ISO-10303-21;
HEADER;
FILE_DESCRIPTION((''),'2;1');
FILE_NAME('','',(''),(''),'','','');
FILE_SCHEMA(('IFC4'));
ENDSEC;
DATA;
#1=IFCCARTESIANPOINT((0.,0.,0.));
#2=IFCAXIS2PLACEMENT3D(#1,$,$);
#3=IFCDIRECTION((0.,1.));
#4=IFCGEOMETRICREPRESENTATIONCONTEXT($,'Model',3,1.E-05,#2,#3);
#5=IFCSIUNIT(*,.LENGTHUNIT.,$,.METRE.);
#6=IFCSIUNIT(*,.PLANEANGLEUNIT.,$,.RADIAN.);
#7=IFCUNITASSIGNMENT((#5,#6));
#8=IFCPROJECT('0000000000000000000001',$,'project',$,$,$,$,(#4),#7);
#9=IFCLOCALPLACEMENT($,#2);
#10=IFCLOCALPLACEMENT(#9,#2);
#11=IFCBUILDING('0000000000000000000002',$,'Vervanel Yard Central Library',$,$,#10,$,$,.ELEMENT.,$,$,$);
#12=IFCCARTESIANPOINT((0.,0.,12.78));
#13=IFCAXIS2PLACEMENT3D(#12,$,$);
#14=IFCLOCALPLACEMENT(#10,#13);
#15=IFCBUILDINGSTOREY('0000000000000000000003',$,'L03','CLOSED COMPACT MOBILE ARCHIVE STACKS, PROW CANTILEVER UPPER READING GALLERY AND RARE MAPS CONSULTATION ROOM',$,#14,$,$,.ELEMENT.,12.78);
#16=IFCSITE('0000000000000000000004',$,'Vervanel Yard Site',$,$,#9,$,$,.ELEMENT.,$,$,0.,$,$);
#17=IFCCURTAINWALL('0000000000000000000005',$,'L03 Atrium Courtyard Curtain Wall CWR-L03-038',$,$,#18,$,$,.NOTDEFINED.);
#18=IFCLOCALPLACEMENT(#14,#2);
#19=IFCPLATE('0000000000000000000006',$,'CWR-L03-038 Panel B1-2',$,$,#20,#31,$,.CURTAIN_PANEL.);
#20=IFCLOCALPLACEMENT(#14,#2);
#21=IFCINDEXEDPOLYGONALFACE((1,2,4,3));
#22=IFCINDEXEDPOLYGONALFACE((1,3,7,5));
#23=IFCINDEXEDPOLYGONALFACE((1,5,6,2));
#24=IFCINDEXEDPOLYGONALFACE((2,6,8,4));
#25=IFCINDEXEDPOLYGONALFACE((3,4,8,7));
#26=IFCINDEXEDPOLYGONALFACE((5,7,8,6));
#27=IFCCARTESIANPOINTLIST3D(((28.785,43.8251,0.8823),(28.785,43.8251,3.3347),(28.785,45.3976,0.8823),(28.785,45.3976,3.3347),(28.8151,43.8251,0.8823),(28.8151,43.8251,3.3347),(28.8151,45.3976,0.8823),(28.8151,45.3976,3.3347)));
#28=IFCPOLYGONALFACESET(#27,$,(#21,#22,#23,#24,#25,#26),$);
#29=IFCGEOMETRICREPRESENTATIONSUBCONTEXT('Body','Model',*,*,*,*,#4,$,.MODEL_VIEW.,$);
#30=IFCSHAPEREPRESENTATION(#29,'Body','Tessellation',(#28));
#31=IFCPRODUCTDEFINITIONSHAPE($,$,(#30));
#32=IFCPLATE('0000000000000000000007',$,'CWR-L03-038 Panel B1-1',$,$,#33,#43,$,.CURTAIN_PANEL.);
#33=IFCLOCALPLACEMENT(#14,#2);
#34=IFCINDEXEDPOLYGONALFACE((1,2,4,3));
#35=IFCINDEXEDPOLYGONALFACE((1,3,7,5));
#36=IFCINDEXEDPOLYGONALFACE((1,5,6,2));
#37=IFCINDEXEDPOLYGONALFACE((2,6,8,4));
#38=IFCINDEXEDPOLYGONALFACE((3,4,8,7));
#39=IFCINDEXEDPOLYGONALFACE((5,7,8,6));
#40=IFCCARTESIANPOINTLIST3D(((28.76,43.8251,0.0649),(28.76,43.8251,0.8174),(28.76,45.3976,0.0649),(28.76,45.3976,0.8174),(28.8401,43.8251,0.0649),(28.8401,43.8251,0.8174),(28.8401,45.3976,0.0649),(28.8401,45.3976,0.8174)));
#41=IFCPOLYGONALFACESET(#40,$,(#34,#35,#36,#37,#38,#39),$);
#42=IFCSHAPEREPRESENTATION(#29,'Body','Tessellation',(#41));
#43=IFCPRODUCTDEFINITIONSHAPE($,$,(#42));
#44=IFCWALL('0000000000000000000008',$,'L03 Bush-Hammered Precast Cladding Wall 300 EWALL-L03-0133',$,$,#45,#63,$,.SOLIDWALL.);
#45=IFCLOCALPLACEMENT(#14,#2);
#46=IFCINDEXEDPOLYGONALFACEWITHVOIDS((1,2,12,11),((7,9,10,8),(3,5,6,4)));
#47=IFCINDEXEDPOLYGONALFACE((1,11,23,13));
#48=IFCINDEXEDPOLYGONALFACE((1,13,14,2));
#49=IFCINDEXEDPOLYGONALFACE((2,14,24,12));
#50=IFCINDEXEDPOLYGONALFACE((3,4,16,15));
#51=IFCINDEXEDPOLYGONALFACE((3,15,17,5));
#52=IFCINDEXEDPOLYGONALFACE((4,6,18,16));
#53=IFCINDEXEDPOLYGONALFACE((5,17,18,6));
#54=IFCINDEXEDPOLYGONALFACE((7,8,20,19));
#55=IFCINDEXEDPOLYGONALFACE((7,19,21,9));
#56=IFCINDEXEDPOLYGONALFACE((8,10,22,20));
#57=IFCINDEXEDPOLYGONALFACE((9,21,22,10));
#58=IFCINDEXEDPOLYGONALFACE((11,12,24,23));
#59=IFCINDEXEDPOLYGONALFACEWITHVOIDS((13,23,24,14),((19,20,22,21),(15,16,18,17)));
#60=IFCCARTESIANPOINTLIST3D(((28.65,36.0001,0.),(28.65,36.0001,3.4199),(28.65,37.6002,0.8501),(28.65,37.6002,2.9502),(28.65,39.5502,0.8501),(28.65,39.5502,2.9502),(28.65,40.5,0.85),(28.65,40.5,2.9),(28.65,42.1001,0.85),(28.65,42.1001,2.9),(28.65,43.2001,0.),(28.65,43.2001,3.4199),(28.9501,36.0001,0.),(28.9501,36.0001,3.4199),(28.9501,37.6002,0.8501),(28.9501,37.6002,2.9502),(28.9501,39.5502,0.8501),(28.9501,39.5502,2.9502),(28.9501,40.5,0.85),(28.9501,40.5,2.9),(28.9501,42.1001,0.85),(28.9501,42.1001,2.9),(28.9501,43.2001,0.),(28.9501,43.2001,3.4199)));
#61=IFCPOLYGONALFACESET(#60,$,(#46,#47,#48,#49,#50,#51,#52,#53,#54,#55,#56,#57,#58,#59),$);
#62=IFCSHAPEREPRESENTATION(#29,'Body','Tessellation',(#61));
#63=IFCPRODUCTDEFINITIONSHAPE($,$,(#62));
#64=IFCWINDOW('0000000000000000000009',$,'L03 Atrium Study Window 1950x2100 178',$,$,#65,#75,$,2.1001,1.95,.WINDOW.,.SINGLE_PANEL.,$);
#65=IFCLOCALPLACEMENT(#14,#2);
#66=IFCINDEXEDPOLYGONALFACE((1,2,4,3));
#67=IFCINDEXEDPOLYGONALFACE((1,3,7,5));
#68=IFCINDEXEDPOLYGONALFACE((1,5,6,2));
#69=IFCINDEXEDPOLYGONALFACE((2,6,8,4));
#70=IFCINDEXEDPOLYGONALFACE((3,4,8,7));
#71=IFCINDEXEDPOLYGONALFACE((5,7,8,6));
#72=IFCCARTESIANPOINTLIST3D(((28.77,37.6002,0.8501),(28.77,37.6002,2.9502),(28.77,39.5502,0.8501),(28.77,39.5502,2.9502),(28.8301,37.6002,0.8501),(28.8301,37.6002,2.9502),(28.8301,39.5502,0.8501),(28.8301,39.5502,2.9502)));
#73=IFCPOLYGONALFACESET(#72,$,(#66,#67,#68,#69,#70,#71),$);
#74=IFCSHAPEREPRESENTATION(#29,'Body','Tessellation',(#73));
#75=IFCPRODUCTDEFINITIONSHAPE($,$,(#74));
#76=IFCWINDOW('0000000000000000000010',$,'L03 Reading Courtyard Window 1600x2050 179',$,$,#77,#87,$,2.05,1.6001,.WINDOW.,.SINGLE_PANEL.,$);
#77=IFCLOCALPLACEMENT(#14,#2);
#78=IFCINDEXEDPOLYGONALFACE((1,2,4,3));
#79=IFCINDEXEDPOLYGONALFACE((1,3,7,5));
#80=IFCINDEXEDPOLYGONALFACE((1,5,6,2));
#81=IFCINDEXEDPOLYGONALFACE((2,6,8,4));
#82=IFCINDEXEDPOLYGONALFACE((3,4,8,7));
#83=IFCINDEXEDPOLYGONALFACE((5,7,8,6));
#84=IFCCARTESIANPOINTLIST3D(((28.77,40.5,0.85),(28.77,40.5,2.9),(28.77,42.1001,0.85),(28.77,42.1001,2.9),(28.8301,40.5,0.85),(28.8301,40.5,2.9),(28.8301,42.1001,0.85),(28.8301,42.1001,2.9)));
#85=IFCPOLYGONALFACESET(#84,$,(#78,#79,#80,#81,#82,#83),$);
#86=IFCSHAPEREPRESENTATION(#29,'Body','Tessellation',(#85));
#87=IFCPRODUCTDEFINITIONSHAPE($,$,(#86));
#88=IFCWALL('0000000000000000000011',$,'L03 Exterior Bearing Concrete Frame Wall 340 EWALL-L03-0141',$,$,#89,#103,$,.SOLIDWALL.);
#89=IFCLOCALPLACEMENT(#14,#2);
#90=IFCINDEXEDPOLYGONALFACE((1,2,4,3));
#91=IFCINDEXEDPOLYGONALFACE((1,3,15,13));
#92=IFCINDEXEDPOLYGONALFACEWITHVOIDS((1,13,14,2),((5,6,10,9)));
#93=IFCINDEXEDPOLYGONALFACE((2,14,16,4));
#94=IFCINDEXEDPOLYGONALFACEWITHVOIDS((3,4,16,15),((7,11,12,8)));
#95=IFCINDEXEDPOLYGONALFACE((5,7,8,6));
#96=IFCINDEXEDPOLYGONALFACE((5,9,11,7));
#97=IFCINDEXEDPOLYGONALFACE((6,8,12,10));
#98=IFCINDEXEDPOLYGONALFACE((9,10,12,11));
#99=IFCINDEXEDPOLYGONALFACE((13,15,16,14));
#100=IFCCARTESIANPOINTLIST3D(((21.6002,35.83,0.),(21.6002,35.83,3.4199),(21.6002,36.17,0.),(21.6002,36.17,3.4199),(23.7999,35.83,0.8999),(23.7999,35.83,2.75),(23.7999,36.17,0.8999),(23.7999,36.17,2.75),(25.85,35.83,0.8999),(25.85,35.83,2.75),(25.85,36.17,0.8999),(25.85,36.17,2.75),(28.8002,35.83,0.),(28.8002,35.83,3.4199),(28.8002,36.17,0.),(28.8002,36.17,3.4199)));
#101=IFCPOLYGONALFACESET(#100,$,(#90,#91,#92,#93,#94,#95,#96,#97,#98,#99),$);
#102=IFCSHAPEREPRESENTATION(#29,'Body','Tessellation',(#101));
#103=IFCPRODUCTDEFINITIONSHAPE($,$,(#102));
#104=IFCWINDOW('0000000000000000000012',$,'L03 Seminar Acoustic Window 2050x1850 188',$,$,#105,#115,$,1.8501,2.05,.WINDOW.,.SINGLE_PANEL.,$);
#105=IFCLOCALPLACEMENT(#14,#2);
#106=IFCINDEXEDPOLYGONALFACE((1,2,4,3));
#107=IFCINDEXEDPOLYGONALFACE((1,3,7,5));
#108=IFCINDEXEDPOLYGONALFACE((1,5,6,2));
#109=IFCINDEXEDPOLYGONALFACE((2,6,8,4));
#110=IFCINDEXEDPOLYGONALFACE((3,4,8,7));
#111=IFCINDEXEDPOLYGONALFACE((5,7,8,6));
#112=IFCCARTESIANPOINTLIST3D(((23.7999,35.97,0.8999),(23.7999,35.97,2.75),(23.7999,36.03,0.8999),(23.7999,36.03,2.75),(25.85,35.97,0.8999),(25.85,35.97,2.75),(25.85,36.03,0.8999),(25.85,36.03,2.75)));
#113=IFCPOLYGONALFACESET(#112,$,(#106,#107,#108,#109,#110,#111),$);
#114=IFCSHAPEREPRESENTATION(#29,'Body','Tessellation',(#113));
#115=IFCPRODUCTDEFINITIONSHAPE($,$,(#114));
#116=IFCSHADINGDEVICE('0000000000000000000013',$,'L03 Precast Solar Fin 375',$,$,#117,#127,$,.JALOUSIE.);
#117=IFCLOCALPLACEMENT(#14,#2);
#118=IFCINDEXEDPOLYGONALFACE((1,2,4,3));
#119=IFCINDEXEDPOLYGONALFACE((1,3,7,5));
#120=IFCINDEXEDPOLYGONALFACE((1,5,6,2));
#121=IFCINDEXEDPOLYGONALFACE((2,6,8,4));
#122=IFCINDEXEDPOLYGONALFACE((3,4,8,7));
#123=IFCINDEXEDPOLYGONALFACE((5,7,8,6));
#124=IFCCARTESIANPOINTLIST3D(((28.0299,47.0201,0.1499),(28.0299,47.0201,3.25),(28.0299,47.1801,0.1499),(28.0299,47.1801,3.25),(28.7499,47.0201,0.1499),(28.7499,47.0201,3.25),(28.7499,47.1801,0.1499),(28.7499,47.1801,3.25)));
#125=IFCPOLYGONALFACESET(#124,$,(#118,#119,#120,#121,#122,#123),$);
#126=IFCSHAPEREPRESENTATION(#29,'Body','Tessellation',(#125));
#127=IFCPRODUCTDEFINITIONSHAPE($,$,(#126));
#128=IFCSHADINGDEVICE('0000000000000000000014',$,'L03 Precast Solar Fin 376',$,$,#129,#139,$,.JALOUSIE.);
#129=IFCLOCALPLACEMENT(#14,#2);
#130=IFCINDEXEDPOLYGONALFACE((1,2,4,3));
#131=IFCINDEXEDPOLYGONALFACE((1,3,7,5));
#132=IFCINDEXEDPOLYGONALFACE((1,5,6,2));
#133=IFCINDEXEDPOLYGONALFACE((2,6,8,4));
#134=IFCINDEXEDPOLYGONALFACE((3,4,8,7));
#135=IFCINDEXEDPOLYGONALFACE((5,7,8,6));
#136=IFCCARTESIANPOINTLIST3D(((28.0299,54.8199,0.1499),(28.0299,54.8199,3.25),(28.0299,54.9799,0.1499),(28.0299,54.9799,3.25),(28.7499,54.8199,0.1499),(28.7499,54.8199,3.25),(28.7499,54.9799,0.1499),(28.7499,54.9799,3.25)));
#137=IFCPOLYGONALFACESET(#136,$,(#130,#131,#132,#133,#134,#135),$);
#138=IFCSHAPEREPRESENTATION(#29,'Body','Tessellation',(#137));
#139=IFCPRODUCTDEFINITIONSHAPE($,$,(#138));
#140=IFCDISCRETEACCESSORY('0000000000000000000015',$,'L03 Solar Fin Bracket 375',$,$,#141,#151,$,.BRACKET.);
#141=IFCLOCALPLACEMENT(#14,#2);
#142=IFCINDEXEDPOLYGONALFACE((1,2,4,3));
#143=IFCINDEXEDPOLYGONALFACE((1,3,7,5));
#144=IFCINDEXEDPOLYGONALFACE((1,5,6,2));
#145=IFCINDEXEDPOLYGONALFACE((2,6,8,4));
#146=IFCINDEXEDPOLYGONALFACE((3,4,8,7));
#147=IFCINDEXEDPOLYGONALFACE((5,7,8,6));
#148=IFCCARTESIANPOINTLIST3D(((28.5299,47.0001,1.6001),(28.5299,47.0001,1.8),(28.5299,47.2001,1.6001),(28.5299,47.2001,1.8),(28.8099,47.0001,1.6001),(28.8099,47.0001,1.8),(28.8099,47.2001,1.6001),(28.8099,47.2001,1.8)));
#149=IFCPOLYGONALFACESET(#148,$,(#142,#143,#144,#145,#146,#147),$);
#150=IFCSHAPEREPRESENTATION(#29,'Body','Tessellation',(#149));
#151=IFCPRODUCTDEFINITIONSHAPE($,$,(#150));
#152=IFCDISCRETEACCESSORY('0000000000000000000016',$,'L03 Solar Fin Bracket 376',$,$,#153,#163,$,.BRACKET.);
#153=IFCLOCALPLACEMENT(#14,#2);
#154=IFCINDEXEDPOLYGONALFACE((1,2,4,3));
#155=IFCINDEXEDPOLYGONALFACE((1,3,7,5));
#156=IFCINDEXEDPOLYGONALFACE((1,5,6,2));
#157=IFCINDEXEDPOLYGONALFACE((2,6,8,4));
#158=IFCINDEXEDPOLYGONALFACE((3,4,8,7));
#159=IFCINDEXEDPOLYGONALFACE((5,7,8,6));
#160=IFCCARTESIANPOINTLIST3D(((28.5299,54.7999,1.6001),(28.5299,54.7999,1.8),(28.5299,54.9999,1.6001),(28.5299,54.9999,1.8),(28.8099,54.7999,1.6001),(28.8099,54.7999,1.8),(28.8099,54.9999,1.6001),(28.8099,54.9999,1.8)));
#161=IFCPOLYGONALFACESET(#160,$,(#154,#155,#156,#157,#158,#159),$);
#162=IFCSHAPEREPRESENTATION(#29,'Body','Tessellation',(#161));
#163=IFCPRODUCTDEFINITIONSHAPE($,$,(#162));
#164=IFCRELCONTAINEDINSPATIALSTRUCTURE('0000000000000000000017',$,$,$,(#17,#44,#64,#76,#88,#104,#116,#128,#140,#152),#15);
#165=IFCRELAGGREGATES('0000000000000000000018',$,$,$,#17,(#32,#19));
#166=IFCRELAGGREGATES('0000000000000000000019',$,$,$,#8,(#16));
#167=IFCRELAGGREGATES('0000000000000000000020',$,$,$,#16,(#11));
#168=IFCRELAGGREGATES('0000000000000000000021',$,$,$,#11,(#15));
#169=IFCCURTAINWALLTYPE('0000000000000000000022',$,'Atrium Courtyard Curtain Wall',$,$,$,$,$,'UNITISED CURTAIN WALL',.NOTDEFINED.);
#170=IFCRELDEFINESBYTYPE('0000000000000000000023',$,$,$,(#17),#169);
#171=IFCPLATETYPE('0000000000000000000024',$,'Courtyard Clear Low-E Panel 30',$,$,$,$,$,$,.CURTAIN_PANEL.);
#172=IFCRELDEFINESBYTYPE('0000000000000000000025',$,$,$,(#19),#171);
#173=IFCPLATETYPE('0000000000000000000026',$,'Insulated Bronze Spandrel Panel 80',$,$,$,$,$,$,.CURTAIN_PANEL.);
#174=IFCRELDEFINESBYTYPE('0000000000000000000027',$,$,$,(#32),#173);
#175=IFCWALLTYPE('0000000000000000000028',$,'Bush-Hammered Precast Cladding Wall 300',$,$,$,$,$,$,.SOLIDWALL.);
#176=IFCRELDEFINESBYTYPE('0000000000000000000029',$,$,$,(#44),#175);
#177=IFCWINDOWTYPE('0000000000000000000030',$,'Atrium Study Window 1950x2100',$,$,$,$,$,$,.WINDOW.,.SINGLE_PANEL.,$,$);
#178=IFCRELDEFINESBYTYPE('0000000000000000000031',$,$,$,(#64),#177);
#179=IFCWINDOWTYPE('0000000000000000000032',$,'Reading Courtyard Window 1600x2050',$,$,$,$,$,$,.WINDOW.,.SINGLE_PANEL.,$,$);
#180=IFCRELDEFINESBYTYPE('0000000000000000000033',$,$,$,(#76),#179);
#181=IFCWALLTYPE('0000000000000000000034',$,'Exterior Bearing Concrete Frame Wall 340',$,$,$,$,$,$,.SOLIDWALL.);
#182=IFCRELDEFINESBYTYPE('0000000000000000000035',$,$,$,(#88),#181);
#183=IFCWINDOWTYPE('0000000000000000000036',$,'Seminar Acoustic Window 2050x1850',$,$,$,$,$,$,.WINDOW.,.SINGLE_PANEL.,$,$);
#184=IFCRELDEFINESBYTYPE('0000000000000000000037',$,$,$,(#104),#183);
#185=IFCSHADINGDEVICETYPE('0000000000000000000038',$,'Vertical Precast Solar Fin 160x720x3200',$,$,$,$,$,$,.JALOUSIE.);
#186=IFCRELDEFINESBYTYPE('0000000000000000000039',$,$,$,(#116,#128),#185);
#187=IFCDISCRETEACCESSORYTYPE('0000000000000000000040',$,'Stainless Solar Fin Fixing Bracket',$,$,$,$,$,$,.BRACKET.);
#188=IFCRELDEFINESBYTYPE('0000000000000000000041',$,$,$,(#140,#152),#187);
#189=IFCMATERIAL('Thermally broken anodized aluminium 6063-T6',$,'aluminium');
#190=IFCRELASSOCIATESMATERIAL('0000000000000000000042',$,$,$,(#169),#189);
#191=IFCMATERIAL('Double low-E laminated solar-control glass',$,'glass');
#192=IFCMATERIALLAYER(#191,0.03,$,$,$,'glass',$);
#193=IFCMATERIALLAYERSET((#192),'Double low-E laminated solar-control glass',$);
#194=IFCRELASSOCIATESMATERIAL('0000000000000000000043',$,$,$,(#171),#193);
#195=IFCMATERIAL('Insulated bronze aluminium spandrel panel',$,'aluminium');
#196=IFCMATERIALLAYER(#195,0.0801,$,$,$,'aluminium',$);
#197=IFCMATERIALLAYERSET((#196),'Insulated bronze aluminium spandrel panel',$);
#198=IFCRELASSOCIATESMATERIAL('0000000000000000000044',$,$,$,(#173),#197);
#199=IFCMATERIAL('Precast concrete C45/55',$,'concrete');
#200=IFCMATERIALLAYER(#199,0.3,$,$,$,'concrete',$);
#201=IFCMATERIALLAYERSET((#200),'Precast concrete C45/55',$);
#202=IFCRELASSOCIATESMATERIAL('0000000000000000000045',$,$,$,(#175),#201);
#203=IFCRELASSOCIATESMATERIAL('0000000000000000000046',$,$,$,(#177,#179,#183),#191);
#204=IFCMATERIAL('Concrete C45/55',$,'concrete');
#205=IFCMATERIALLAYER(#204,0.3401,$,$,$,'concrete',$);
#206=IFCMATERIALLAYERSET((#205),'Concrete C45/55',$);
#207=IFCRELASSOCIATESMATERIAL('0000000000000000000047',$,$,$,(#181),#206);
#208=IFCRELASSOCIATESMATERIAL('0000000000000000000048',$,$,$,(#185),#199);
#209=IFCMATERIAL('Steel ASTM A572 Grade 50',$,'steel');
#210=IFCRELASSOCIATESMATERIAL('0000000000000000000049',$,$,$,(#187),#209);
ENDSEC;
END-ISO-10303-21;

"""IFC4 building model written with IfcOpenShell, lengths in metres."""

from ifc_helpers import new_model, si_unit, direction, frame, frame_2d, origin, origin_2d, place, context, subcontext, project, spatial, rectangle, extrude, material, layer, layer_set, type_object, element, fill, aggregate, save


model = new_model("IFC4")

# Units and contexts
model_context = context("Model", 3, precision=1e-05, world=origin(), true_north=direction((0.0, 1.0)))
body_context = subcontext(model_context, "Body", "Model", "MODEL_VIEW")
ifc_project = project(units=[si_unit("LENGTHUNIT", "METRE"), si_unit("PLANEANGLEUNIT", "RADIAN")], contexts=[model_context])

# Site, building, storey
site_placement = place(None, origin())
site = spatial("IfcSite", under=ifc_project, at=site_placement, Name="Vervanel Yard Site", CompositionType="ELEMENT", RefElevation=0.0)
building_placement = place(site_placement, origin())
building = spatial("IfcBuilding", under=site, at=building_placement, Name="Vervanel Yard Central Library", CompositionType="ELEMENT")
storey_placement = place(building_placement, frame((0.0, 0.0, 12.78)))
storey = spatial("IfcBuildingStorey", under=building, at=storey_placement, Name="L03", Description="CLOSED COMPACT MOBILE ARCHIVE STACKS, PROW CANTILEVER UPPER READING GALLERY AND RARE MAPS CONSULTATION ROOM", CompositionType="ELEMENT", Elevation=12.78)

# Curtain wall
ifc_material_1 = material(Name="Thermally broken anodized aluminium 6063-T6", Category="aluminium")
curtain_wall_type = type_object("IfcCurtainWallType", Name="Atrium Courtyard Curtain Wall", ElementType="UNITISED CURTAIN WALL", PredefinedType="NOTDEFINED", material=ifc_material_1)
curtain_wall_placement = place(storey_placement, origin())
curtain_wall = element("IfcCurtainWall", 1, at=curtain_wall_placement, inside=storey, type_object=curtain_wall_type, Name="L03 Atrium Courtyard Curtain Wall CWR-L03-038", PredefinedType="NOTDEFINED")

# Plates
ifc_material_2 = material(Name="Steel ASTM A572 Grade 50", Category="steel")
ifc_material_3 = material(Name="Double low-E laminated solar-control glass", Category="glass")
ifc_layer_1 = layer(ifc_material_3, 0.03, Category="glass")
ifc_layer_set_1 = layer_set([ifc_layer_1], Name="Double low-E laminated solar-control glass")
plate_type_1 = type_object("IfcPlateType", Name="Courtyard Clear Low-E Panel 30", PredefinedType="CURTAIN_PANEL", material=ifc_layer_set_1)
plate_1_placement = place(storey_placement, frame((28.8, 44.6113, 0.8823), z_axis=(0.0, 0.0, 1.0), x_axis=(0.0, 1.0, 0.0)))
plate_1 = element("IfcPlate", 2, at=plate_1_placement, type_object=plate_type_1, Name="CWR-L03-038 Panel B1-2", PredefinedType="CURTAIN_PANEL", context=body_context, shape_type="SweptSolid", body=[
    extrude(rectangle(XDim=1.5725, YDim=0.03, at=origin_2d()), origin(), (0.0, 0.0, 1.0), 2.4524),
])
ifc_material_4 = material(Name="Insulated bronze aluminium spandrel panel", Category="aluminium")
ifc_layer_2 = layer(ifc_material_4, 0.0801, Category="aluminium")
ifc_layer_set_2 = layer_set([ifc_layer_2], Name="Insulated bronze aluminium spandrel panel")
plate_type_2 = type_object("IfcPlateType", Name="Insulated Bronze Spandrel Panel 80", PredefinedType="CURTAIN_PANEL", material=ifc_layer_set_2)
plate_2_placement = place(storey_placement, frame((28.8, 44.6113, 0.0649), z_axis=(0.0, 0.0, 1.0), x_axis=(0.0, 1.0, 0.0)))
plate_2 = element("IfcPlate", 3, at=plate_2_placement, type_object=plate_type_2, Name="CWR-L03-038 Panel B1-1", PredefinedType="CURTAIN_PANEL", context=body_context, shape_type="SweptSolid", body=[
    extrude(rectangle(XDim=1.5725, YDim=0.0801, at=origin_2d()), origin(), (0.0, 0.0, 1.0), 0.7524),
])
aggregate(curtain_wall, [plate_2, plate_1])

# Wall, openings, windows
ifc_material_5 = material(Name="Precast concrete C45/55", Category="concrete")
ifc_layer_3 = layer(ifc_material_5, 0.3, Category="concrete")
ifc_layer_set_3 = layer_set([ifc_layer_3], Name="Precast concrete C45/55")
wall_type_1 = type_object("IfcWallType", Name="Bush-Hammered Precast Cladding Wall 300", PredefinedType="SOLIDWALL", material=ifc_layer_set_3)
wall_1_placement = place(storey_placement, frame((28.8, 36.0, 0.0), z_axis=(0.0, 0.0, 1.0), x_axis=(0.0, 1.0, 0.0)))
wall_1 = element("IfcWall", 4, at=wall_1_placement, inside=storey, type_object=wall_type_1, Name="L03 Bush-Hammered Precast Cladding Wall 300 EWALL-L03-0133", PredefinedType="SOLIDWALL", context=body_context, shape_type="SweptSolid", body=[
    extrude(rectangle(XDim=7.2, YDim=0.3, at=frame_2d((3.6001, 0.0))), origin(), (0.0, 0.0, 1.0), 3.4199),
])
opening_1_placement = place(wall_1_placement, frame((1.6001, 0.0, 0.8501)))
opening_1 = element("IfcOpeningElement", 5, at=opening_1_placement, cuts=wall_1, PredefinedType="OPENING", context=body_context, shape_type="SweptSolid", body=[
    extrude(rectangle(XDim=1.95, YDim=2.1001, at=frame_2d((0.9751, 1.05))), frame((0.0, 0.1599, 0.0), z_axis=(0.0, -1.0, 0.0), x_axis=(1.0, 0.0, 0.0)), (0.0, 0.0, 1.0), 0.3201),
])
opening_2_placement = place(wall_1_placement, frame((4.5, 0.0, 0.8501)))
opening_2 = element("IfcOpeningElement", 6, at=opening_2_placement, cuts=wall_1, PredefinedType="OPENING", context=body_context, shape_type="SweptSolid", body=[
    extrude(rectangle(XDim=1.6001, YDim=2.05, at=frame_2d((0.8, 1.0249))), frame((0.0, 0.1599, 0.0), z_axis=(0.0, -1.0, 0.0), x_axis=(1.0, 0.0, 0.0)), (0.0, 0.0, 1.0), 0.3201),
])
window_type_1 = type_object("IfcWindowType", Name="Atrium Study Window 1950x2100", PartitioningType="SINGLE_PANEL", PredefinedType="WINDOW", material=ifc_material_3)
window_1_placement = place(opening_1_placement, origin())
window_1 = element("IfcWindow", 7, at=window_1_placement, inside=storey, type_object=window_type_1, Name="L03 Atrium Study Window 1950x2100 178", OverallHeight=2.1001, OverallWidth=1.95, PartitioningType="SINGLE_PANEL", PredefinedType="WINDOW", context=body_context, shape_type="SweptSolid", body=[
    extrude(rectangle(XDim=1.95, YDim=2.1001, at=frame_2d((0.9751, 1.05))), frame((0.0, 0.03, 0.0), z_axis=(0.0, -1.0, 0.0), x_axis=(1.0, 0.0, 0.0)), (0.0, 0.0, 1.0), 0.0601),
])
fill(opening_1, window_1)
window_type_2 = type_object("IfcWindowType", Name="Reading Courtyard Window 1600x2050", PartitioningType="SINGLE_PANEL", PredefinedType="WINDOW", material=ifc_material_3)
window_2_placement = place(opening_2_placement, origin())
window_2 = element("IfcWindow", 8, at=window_2_placement, inside=storey, type_object=window_type_2, Name="L03 Reading Courtyard Window 1600x2050 179", OverallHeight=2.05, OverallWidth=1.6001, PartitioningType="SINGLE_PANEL", PredefinedType="WINDOW", context=body_context, shape_type="SweptSolid", body=[
    extrude(rectangle(XDim=1.6001, YDim=2.05, at=frame_2d((0.8, 1.0249))), frame((0.0, 0.03, 0.0), z_axis=(0.0, -1.0, 0.0), x_axis=(1.0, 0.0, 0.0)), (0.0, 0.0, 1.0), 0.0601),
])
fill(opening_2, window_2)

# Wall, opening, window
ifc_material_6 = material(Name="Concrete C45/55", Category="concrete")
ifc_layer_4 = layer(ifc_material_6, 0.3401, Category="concrete")
ifc_layer_set_4 = layer_set([ifc_layer_4], Name="Concrete C45/55")
wall_type_2 = type_object("IfcWallType", Name="Exterior Bearing Concrete Frame Wall 340", PredefinedType="SOLIDWALL", material=ifc_layer_set_4)
wall_2_placement = place(storey_placement, frame((21.6001, 36.0, 0.0), z_axis=(0.0, 0.0, 1.0), x_axis=(1.0, 0.0, 0.0)))
wall_2 = element("IfcWall", 9, at=wall_2_placement, inside=storey, type_object=wall_type_2, Name="L03 Exterior Bearing Concrete Frame Wall 340 EWALL-L03-0141", PredefinedType="SOLIDWALL", context=body_context, shape_type="SweptSolid", body=[
    extrude(rectangle(XDim=7.2, YDim=0.3401, at=frame_2d((3.6001, 0.0))), origin(), (0.0, 0.0, 1.0), 3.4199),
])
opening_3_placement = place(wall_2_placement, frame((2.2, 0.0, 0.8999)))
opening_3 = element("IfcOpeningElement", 10, at=opening_3_placement, cuts=wall_2, PredefinedType="OPENING", context=body_context, shape_type="SweptSolid", body=[
    extrude(rectangle(XDim=2.05, YDim=1.8501, at=frame_2d((1.0249, 0.925))), frame((0.0, 0.1799, 0.0), z_axis=(0.0, -1.0, 0.0), x_axis=(1.0, 0.0, 0.0)), (0.0, 0.0, 1.0), 0.3601),
])
window_type_3 = type_object("IfcWindowType", Name="Seminar Acoustic Window 2050x1850", PartitioningType="SINGLE_PANEL", PredefinedType="WINDOW", material=ifc_material_3)
window_3_placement = place(opening_3_placement, origin())
window_3 = element("IfcWindow", 11, at=window_3_placement, inside=storey, type_object=window_type_3, Name="L03 Seminar Acoustic Window 2050x1850 188", OverallHeight=1.8501, OverallWidth=2.05, PartitioningType="SINGLE_PANEL", PredefinedType="WINDOW", context=body_context, shape_type="SweptSolid", body=[
    extrude(rectangle(XDim=2.05, YDim=1.8501, at=frame_2d((1.0249, 0.925))), frame((0.0, 0.03, 0.0), z_axis=(0.0, -1.0, 0.0), x_axis=(1.0, 0.0, 0.0)), (0.0, 0.0, 1.0), 0.0601),
])
fill(opening_3, window_3)

# Shading devices
shading_device_type = type_object("IfcShadingDeviceType", Name="Vertical Precast Solar Fin 160x720x3200", PredefinedType="JALOUSIE", material=ifc_material_5)
for number, where, z_axis, x_axis, name in (
    (12, (28.3899, 47.1001, 0.1499), (0.0, 0.0, 1.0), (0.0, 1.0, 0.0), "L03 Precast Solar Fin 375"),
    (13, (28.3899, 54.8999, 0.1499), (0.0, 0.0, 1.0), (0.0, 1.0, 0.0), "L03 Precast Solar Fin 376"),
):
    element("IfcShadingDevice", number, at=place(storey_placement, frame(where, z_axis=z_axis, x_axis=x_axis)), inside=storey, type_object=shading_device_type, Name=name, PredefinedType="JALOUSIE", context=body_context, shape_type="SweptSolid", body=[
        extrude(rectangle(XDim=0.1599, YDim=0.72, at=origin_2d()), origin(), (0.0, 0.0, 1.0), 3.1001),
    ])

# Discrete accessories
discrete_accessory_type = type_object("IfcDiscreteAccessoryType", Name="Stainless Solar Fin Fixing Bracket", PredefinedType="BRACKET", material=ifc_material_2)
for number, where, z_axis, x_axis, name in (
    (14, (28.6699, 47.1001, 1.6001), (0.0, 0.0, 1.0), (0.0, 1.0, 0.0), "L03 Solar Fin Bracket 375"),
    (15, (28.6699, 54.8999, 1.6001), (0.0, 0.0, 1.0), (0.0, 1.0, 0.0), "L03 Solar Fin Bracket 376"),
):
    element("IfcDiscreteAccessory", number, at=place(storey_placement, frame(where, z_axis=z_axis, x_axis=x_axis)), inside=storey, type_object=discrete_accessory_type, Name=name, PredefinedType="BRACKET", context=body_context, shape_type="SweptSolid", body=[
        extrude(rectangle(XDim=0.2, YDim=0.28, at=origin_2d()), origin(), (0.0, 0.0, 1.0), 0.2),
    ])

save(model, "model.ifc")
